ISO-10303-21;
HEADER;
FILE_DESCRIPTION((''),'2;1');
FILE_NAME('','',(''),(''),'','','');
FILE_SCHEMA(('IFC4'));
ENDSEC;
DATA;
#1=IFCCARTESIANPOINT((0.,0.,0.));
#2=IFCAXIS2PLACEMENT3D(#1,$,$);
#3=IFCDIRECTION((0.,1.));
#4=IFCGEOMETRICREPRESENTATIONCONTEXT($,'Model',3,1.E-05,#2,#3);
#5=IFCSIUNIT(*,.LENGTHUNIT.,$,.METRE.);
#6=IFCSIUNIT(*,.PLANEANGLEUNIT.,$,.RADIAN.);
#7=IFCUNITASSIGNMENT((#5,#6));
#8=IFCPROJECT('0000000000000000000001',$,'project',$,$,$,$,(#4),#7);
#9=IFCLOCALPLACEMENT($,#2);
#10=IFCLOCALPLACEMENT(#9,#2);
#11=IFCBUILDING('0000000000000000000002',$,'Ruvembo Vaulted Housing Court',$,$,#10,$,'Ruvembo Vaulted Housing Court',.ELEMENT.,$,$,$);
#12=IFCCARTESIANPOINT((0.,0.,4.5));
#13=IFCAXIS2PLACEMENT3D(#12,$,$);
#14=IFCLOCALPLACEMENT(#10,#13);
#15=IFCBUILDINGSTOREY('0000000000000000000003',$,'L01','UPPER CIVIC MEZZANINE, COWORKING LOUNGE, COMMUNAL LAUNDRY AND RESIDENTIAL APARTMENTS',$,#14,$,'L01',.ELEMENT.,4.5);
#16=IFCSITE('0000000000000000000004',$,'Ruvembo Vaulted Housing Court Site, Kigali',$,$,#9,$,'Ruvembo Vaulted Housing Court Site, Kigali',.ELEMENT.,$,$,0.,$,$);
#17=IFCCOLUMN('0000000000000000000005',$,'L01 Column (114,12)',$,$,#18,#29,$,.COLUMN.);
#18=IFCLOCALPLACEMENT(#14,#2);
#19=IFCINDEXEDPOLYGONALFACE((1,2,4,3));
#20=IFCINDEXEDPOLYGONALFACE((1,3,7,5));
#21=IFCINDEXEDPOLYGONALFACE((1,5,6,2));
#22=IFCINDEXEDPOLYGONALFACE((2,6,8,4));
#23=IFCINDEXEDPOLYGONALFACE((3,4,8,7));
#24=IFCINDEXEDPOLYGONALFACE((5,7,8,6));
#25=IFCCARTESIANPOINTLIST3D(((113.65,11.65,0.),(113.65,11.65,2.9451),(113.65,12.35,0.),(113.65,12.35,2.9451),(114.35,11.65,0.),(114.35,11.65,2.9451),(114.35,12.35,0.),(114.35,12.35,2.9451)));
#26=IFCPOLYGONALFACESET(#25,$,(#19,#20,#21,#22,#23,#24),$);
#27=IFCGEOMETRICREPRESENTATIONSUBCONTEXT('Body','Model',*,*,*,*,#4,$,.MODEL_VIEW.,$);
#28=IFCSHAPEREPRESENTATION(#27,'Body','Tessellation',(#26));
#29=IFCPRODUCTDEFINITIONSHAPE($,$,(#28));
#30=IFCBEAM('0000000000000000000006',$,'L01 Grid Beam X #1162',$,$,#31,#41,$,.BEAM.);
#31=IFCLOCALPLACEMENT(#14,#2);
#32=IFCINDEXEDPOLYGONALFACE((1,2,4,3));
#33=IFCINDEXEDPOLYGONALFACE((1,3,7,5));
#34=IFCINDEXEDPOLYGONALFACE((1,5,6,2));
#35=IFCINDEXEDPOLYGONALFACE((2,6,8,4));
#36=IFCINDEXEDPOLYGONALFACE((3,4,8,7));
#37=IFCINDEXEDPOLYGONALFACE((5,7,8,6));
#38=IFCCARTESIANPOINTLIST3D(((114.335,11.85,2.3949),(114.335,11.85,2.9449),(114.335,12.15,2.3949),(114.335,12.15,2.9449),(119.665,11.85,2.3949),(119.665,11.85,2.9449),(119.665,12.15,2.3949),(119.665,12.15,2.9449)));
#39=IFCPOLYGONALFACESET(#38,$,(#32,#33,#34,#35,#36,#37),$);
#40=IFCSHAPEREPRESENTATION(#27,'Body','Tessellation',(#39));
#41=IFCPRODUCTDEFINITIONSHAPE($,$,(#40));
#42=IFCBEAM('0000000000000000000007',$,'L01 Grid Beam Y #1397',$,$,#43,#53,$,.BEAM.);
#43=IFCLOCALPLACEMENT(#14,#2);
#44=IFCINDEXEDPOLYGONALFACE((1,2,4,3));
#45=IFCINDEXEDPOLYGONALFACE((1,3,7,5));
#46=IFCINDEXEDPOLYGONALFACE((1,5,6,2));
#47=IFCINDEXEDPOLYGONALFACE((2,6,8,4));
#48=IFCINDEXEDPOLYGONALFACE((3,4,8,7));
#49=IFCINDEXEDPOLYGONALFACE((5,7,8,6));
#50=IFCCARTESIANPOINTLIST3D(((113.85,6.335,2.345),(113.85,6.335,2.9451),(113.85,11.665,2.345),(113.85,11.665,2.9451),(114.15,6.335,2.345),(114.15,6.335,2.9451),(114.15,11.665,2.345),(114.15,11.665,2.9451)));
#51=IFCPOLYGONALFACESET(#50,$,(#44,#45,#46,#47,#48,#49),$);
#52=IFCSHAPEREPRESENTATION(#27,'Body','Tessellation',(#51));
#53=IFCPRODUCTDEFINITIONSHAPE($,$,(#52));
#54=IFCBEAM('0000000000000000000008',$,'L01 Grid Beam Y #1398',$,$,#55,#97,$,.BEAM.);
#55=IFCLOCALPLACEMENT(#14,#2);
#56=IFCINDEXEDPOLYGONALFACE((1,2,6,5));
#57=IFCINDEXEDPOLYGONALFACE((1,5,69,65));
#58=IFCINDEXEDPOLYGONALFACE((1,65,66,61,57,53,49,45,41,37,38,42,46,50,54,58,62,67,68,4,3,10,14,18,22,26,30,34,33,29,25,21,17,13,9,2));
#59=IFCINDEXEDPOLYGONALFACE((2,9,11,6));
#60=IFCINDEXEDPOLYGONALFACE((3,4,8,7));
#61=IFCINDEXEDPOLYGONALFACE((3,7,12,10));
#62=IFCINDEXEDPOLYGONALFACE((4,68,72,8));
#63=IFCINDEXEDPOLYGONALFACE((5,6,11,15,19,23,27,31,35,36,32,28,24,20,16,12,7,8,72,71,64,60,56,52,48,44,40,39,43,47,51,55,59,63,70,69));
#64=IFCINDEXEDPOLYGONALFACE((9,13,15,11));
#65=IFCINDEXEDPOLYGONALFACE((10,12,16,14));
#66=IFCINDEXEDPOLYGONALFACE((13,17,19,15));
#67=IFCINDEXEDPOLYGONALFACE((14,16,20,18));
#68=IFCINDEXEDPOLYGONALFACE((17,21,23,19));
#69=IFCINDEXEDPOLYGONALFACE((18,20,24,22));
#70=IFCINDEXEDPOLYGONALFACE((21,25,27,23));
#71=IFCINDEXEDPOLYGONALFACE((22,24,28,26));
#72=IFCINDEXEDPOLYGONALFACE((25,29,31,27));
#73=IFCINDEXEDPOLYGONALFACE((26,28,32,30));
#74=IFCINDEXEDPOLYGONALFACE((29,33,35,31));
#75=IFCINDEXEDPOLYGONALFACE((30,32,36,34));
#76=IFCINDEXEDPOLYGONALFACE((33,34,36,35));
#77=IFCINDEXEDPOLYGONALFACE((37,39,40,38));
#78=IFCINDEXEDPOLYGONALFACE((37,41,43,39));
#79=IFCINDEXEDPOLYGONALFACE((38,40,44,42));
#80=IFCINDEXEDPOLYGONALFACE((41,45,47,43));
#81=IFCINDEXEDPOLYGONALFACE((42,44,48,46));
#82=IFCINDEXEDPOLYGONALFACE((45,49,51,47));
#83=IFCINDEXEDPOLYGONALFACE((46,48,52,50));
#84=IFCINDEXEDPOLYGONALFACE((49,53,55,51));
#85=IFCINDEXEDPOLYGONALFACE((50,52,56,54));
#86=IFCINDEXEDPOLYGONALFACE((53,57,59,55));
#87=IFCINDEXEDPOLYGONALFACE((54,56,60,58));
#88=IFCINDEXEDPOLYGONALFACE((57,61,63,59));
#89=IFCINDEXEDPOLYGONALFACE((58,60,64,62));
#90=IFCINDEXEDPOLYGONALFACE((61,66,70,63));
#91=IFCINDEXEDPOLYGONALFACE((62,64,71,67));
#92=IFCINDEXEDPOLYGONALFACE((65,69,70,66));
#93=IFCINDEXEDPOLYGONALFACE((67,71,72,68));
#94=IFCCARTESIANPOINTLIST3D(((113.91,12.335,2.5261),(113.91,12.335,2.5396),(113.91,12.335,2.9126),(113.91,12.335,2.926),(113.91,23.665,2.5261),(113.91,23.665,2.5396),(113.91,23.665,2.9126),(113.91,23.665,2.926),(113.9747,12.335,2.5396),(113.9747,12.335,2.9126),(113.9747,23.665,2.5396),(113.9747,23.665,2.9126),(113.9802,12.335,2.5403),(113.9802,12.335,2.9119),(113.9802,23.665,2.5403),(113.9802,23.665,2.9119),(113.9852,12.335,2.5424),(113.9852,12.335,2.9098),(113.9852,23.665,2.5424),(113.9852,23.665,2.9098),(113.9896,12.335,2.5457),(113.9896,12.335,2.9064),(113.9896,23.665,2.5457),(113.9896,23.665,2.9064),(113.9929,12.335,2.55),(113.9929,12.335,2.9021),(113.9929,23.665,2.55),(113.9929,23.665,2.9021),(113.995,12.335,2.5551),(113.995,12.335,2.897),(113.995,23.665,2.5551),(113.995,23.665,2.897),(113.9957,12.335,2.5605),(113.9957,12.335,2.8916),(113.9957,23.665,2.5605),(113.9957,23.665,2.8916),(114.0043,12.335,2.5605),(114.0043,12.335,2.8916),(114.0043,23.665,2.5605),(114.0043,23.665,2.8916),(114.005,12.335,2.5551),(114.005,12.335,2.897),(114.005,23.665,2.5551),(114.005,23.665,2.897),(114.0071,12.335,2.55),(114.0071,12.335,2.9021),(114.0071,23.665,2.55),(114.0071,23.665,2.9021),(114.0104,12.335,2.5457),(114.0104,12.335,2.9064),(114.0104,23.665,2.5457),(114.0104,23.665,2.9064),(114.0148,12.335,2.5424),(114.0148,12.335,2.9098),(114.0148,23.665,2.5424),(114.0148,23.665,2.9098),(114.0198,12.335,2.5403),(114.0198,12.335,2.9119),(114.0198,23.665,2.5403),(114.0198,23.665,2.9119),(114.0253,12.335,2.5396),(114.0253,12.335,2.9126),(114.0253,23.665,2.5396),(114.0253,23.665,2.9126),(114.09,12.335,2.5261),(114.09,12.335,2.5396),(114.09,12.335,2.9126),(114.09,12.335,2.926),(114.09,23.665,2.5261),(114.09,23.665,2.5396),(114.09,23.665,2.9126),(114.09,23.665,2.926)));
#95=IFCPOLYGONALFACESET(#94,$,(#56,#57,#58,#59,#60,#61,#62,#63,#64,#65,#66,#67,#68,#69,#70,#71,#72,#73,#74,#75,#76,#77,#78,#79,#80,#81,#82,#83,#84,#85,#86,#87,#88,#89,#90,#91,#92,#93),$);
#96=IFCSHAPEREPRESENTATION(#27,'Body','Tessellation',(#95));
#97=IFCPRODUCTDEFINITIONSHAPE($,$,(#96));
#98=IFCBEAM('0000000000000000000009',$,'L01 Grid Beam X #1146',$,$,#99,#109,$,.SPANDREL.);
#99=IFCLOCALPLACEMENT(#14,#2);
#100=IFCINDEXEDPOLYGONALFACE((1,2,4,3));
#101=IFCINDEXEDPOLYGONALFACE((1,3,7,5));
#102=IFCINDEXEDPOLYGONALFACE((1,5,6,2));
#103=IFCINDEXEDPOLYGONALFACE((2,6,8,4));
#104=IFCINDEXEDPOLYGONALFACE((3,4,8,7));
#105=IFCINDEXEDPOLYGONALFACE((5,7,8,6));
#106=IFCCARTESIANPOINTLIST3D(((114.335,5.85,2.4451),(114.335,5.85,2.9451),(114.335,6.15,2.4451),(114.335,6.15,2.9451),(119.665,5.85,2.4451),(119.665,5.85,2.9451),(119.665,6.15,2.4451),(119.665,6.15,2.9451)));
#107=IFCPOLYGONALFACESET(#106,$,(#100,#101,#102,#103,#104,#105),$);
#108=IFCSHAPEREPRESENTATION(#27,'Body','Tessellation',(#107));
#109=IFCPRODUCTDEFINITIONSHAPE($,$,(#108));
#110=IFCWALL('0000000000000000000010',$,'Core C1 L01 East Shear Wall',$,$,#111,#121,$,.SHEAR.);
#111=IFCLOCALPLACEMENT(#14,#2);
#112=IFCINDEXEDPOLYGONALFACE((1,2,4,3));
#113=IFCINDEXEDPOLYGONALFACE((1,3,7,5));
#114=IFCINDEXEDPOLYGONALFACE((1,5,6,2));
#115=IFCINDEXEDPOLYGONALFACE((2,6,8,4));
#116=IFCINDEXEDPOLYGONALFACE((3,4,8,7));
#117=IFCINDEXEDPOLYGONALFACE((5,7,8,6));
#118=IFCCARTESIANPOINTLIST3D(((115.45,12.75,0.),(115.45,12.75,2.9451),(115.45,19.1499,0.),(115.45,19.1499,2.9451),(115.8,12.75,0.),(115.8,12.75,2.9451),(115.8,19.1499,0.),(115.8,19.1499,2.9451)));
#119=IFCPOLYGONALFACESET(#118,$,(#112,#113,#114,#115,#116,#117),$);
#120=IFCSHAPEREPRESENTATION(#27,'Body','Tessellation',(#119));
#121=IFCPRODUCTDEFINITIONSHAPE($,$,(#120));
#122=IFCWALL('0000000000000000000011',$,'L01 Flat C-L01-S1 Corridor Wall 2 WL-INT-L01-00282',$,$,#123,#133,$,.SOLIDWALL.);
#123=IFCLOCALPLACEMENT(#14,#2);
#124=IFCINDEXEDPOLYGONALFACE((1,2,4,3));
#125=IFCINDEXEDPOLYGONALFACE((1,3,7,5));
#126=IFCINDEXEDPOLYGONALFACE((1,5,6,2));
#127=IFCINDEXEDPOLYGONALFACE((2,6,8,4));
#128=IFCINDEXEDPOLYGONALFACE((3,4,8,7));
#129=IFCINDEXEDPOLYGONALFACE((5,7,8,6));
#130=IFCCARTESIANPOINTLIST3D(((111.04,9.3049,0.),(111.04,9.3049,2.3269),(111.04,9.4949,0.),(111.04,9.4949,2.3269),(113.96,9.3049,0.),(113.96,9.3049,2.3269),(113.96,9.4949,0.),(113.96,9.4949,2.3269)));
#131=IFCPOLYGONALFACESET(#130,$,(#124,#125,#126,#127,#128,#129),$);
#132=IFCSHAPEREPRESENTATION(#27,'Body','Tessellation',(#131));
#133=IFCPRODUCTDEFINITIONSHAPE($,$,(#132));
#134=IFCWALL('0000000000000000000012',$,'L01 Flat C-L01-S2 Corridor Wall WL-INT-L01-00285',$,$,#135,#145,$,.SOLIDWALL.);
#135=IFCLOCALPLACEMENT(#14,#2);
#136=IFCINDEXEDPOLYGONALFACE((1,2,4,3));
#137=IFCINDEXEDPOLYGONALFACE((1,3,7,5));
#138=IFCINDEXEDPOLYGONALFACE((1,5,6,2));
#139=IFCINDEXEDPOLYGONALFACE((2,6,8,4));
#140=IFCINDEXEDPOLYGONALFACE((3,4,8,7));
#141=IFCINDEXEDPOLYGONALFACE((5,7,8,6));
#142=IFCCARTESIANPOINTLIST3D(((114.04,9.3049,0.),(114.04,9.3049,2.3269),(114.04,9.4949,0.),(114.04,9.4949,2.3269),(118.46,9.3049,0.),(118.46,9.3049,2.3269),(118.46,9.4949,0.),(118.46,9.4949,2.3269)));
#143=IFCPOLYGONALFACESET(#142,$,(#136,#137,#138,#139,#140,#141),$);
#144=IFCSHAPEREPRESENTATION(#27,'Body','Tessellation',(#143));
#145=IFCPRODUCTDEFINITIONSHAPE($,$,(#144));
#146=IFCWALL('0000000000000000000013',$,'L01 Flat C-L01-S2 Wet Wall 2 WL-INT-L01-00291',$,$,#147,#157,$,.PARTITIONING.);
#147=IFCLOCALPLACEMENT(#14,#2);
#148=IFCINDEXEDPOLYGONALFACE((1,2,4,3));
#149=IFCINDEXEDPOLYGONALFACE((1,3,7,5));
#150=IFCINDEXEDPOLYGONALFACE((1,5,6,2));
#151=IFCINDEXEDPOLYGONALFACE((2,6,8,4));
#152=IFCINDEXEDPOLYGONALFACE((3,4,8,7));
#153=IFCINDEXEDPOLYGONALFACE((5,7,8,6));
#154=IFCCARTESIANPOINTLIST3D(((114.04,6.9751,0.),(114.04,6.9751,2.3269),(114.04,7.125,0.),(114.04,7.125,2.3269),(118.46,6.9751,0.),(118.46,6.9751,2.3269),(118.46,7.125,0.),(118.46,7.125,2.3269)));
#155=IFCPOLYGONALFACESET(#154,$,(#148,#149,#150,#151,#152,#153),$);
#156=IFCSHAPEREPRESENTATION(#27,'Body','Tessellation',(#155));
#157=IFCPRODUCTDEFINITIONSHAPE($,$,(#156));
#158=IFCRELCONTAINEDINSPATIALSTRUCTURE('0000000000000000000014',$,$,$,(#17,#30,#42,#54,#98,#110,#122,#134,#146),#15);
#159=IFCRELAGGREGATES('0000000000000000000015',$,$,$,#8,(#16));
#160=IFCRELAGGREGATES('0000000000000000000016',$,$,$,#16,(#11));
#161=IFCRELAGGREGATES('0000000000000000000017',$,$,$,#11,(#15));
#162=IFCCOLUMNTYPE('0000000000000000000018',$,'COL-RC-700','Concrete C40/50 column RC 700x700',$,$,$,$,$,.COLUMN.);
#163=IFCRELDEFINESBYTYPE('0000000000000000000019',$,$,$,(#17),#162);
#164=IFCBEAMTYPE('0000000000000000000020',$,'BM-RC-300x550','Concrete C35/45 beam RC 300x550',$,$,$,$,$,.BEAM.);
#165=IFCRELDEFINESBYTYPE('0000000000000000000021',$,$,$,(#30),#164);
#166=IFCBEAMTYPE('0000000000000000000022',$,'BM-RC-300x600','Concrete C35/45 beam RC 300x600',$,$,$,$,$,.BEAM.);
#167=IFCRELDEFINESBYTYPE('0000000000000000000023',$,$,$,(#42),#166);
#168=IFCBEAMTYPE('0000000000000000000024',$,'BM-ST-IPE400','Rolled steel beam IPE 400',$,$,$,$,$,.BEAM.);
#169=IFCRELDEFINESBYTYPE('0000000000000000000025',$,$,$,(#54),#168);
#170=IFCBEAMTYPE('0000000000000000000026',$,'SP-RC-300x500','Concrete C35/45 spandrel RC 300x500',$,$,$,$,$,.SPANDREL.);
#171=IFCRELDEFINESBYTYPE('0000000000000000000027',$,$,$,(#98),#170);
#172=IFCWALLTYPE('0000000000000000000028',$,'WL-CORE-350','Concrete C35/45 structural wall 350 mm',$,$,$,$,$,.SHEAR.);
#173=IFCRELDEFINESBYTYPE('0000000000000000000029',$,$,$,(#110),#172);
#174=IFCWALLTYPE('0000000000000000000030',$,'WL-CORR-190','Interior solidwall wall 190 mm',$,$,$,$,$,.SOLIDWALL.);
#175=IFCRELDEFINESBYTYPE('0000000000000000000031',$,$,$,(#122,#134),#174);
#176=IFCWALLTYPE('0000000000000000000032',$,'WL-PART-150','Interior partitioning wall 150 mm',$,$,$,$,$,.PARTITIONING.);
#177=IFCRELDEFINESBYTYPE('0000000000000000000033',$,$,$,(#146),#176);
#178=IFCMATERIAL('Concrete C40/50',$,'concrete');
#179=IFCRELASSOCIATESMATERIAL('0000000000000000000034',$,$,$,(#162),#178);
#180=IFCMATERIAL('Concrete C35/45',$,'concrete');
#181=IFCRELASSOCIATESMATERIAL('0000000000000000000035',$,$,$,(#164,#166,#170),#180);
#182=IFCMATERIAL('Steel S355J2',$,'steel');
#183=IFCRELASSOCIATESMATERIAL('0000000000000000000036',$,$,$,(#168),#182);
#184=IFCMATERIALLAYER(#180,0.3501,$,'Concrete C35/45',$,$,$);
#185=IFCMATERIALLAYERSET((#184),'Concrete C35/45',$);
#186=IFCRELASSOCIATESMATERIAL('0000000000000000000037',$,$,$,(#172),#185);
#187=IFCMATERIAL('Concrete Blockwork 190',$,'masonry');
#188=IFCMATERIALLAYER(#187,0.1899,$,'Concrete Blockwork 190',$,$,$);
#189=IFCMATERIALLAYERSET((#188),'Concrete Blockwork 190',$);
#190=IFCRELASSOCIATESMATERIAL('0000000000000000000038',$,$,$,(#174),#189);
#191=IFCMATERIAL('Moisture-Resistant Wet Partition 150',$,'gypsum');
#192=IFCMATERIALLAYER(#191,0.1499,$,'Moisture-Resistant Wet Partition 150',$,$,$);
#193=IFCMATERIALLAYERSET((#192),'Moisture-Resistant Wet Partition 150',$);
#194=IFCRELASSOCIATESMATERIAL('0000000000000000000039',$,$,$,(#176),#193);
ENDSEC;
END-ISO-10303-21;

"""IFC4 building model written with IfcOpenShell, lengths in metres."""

from ifc_helpers import new_model, si_unit, direction, frame, frame_2d, origin, origin_2d, place, context, subcontext, project, spatial, rectangle, i_section, extrude, material, layer, layer_set, material_profile, profile_set, type_object, element, save


model = new_model("IFC4")

# Units and contexts
model_context = context("Model", 3, precision=1e-05, world=origin(), true_north=direction((0.0, 1.0)))
body_context = subcontext(model_context, "Body", "Model", "MODEL_VIEW")
ifc_project = project(units=[si_unit("LENGTHUNIT", "METRE"), si_unit("PLANEANGLEUNIT", "RADIAN")], contexts=[model_context])

# Site, building, storey
site_placement = place(None, origin())
site = spatial("IfcSite", under=ifc_project, at=site_placement, Name="Ruvembo Vaulted Housing Court Site, Kigali", LongName="Ruvembo Vaulted Housing Court Site, Kigali", CompositionType="ELEMENT", RefElevation=0.0)
building_placement = place(site_placement, origin())
building = spatial("IfcBuilding", under=site, at=building_placement, Name="Ruvembo Vaulted Housing Court", LongName="Ruvembo Vaulted Housing Court", CompositionType="ELEMENT")
storey_placement = place(building_placement, frame((0.0, 0.0, 4.5)))
storey = spatial("IfcBuildingStorey", under=building, at=storey_placement, Name="L01", Description="UPPER CIVIC MEZZANINE, COWORKING LOUNGE, COMMUNAL LAUNDRY AND RESIDENTIAL APARTMENTS", LongName="L01", CompositionType="ELEMENT", Elevation=4.5)

# Column
ifc_material_1 = material(Name="Concrete C40/50", Category="concrete")
ifc_material_profile_1 = material_profile(ifc_material_1, rectangle(XDim=0.7, YDim=0.7, at=origin_2d()), Name="RC 700x700")
ifc_profile_set_1 = profile_set([ifc_material_profile_1], Name="Concrete C40/50")
column_type = type_object("IfcColumnType", Name="COL-RC-700", Description="Concrete C40/50 column RC 700x700", PredefinedType="COLUMN", material=ifc_profile_set_1)
column_placement = place(storey_placement, frame((114.0, 12.0, 0.0), z_axis=(0.0, 0.0, 1.0), x_axis=(1.0, 0.0, 0.0)))
element("IfcColumn", 1, at=column_placement, inside=storey, type_object=column_type, Name="L01 Column (114,12)", PredefinedType="COLUMN", context=body_context, shape_type="SweptSolid", body=[
    extrude(rectangle(XDim=0.7, YDim=0.7, at=origin_2d()), origin(), (0.0, 0.0, 1.0), 2.9451),
])

# Beams
ifc_material_2 = material(Name="Concrete C35/45", Category="concrete")
ifc_material_profile_2 = material_profile(ifc_material_2, rectangle(XDim=0.3, YDim=0.55, at=origin_2d()), Name="RC 300x550")
ifc_profile_set_2 = profile_set([ifc_material_profile_2], Name="Concrete C35/45")
beam_type_1 = type_object("IfcBeamType", Name="BM-RC-300x550", Description="Concrete C35/45 beam RC 300x550", PredefinedType="BEAM", material=ifc_profile_set_2)
beam_1_placement = place(storey_placement, frame((114.335, 12.0, 2.6699), z_axis=(1.0, 0.0, 0.0), x_axis=(0.0, 1.0, 0.0)))
element("IfcBeam", 2, at=beam_1_placement, inside=storey, type_object=beam_type_1, Name="L01 Grid Beam X #1162", PredefinedType="BEAM", context=body_context, shape_type="SweptSolid", body=[
    extrude(rectangle(XDim=0.3, YDim=0.55, at=origin_2d()), origin(), (0.0, 0.0, 1.0), 5.3301),
])
ifc_material_profile_3 = material_profile(ifc_material_2, rectangle(XDim=0.3, YDim=0.6001, at=origin_2d()), Name="RC 300x600")
ifc_profile_set_3 = profile_set([ifc_material_profile_3], Name="Concrete C35/45")
beam_type_2 = type_object("IfcBeamType", Name="BM-RC-300x600", Description="Concrete C35/45 beam RC 300x600", PredefinedType="BEAM", material=ifc_profile_set_3)
beam_2_placement = place(storey_placement, frame((114.0, 6.335, 2.645), z_axis=(0.0, 1.0, 0.0), x_axis=(-1.0, 0.0, 0.0)))
element("IfcBeam", 3, at=beam_2_placement, inside=storey, type_object=beam_type_2, Name="L01 Grid Beam Y #1397", PredefinedType="BEAM", context=body_context, shape_type="SweptSolid", body=[
    extrude(rectangle(XDim=0.3, YDim=0.6001, at=origin_2d()), origin(), (0.0, 0.0, 1.0), 5.3301),
])
ifc_material_3 = material(Name="Steel S355J2", Category="steel")
ifc_material_profile_4 = material_profile(ifc_material_3, i_section(OverallWidth=0.1799, OverallDepth=0.3999, WebThickness=0.0085, FlangeThickness=0.0134, FilletRadius=0.021, at=origin_2d()), Name="IPE 400")
ifc_profile_set_4 = profile_set([ifc_material_profile_4], Name="Steel S355J2")
beam_type_3 = type_object("IfcBeamType", Name="BM-ST-IPE400", Description="Rolled steel beam IPE 400", PredefinedType="BEAM", material=ifc_profile_set_4)
beam_3_placement = place(storey_placement, frame((114.0, 12.335, 2.7261), z_axis=(0.0, 1.0, 0.0), x_axis=(-1.0, 0.0, 0.0)))
element("IfcBeam", 4, at=beam_3_placement, inside=storey, type_object=beam_type_3, Name="L01 Grid Beam Y #1398", PredefinedType="BEAM", context=body_context, shape_type="SweptSolid", body=[
    extrude(i_section(OverallWidth=0.1799, OverallDepth=0.3999, WebThickness=0.0085, FlangeThickness=0.0134, FilletRadius=0.021, at=origin_2d()), origin(), (0.0, 0.0, 1.0), 11.3301),
])
ifc_material_profile_5 = material_profile(ifc_material_2, rectangle(XDim=0.3, YDim=0.5, at=origin_2d()), Name="RC 300x500")
ifc_profile_set_5 = profile_set([ifc_material_profile_5], Name="Concrete C35/45")
beam_type_4 = type_object("IfcBeamType", Name="SP-RC-300x500", Description="Concrete C35/45 spandrel RC 300x500", PredefinedType="SPANDREL", material=ifc_profile_set_5)
beam_4_placement = place(storey_placement, frame((114.335, 6.0, 2.6951), z_axis=(1.0, 0.0, 0.0), x_axis=(0.0, 1.0, 0.0)))
element("IfcBeam", 5, at=beam_4_placement, inside=storey, type_object=beam_type_4, Name="L01 Grid Beam X #1146", PredefinedType="SPANDREL", context=body_context, shape_type="SweptSolid", body=[
    extrude(rectangle(XDim=0.3, YDim=0.5, at=origin_2d()), origin(), (0.0, 0.0, 1.0), 5.3301),
])

# Wall
ifc_layer_1 = layer(ifc_material_2, 0.3501, Name="Concrete C35/45")
ifc_layer_set_1 = layer_set([ifc_layer_1], Name="Concrete C35/45")
wall_type_1 = type_object("IfcWallType", Name="WL-CORE-350", Description="Concrete C35/45 structural wall 350 mm", PredefinedType="SHEAR", material=ifc_layer_set_1)
wall_1_placement = place(storey_placement, frame((115.625, 12.75, 0.0), z_axis=(0.0, 0.0, 1.0), x_axis=(0.0, 1.0, 0.0)))
element("IfcWall", 6, at=wall_1_placement, inside=storey, type_object=wall_type_1, Name="Core C1 L01 East Shear Wall", PredefinedType="SHEAR", context=body_context, shape_type="SweptSolid", body=[
    extrude(rectangle(XDim=6.3999, YDim=0.3501, at=frame_2d((3.2, 0.0))), origin(), (0.0, 0.0, 1.0), 2.9451),
])

# Walls
ifc_material_4 = material(Name="Concrete Blockwork 190", Category="masonry")
ifc_layer_2 = layer(ifc_material_4, 0.1899, Name="Concrete Blockwork 190")
ifc_layer_set_2 = layer_set([ifc_layer_2], Name="Concrete Blockwork 190")
wall_type_2 = type_object("IfcWallType", Name="WL-CORR-190", Description="Interior solidwall wall 190 mm", PredefinedType="SOLIDWALL", material=ifc_layer_set_2)
wall_2_placement = place(storey_placement, frame((111.04, 9.3999, 0.0), z_axis=(0.0, 0.0, 1.0), x_axis=(1.0, 0.0, 0.0)))
element("IfcWall", 7, at=wall_2_placement, inside=storey, type_object=wall_type_2, Name="L01 Flat C-L01-S1 Corridor Wall 2 WL-INT-L01-00282", PredefinedType="SOLIDWALL", context=body_context, shape_type="SweptSolid", body=[
    extrude(rectangle(XDim=2.9199, YDim=0.1899, at=frame_2d((1.46, 0.0))), origin(), (0.0, 0.0, 1.0), 2.3269),
])
wall_3_placement = place(storey_placement, frame((114.04, 9.3999, 0.0), z_axis=(0.0, 0.0, 1.0), x_axis=(1.0, 0.0, 0.0)))
element("IfcWall", 8, at=wall_3_placement, inside=storey, type_object=wall_type_2, Name="L01 Flat C-L01-S2 Corridor Wall WL-INT-L01-00285", PredefinedType="SOLIDWALL", context=body_context, shape_type="SweptSolid", body=[
    extrude(rectangle(XDim=4.4199, YDim=0.1899, at=frame_2d((2.21, 0.0))), origin(), (0.0, 0.0, 1.0), 2.3269),
])
ifc_material_5 = material(Name="Moisture-Resistant Wet Partition 150", Category="gypsum")
ifc_layer_3 = layer(ifc_material_5, 0.1499, Name="Moisture-Resistant Wet Partition 150")
ifc_layer_set_3 = layer_set([ifc_layer_3], Name="Moisture-Resistant Wet Partition 150")
wall_type_3 = type_object("IfcWallType", Name="WL-PART-150", Description="Interior partitioning wall 150 mm", PredefinedType="PARTITIONING", material=ifc_layer_set_3)
wall_4_placement = place(storey_placement, frame((114.04, 7.05, 0.0), z_axis=(0.0, 0.0, 1.0), x_axis=(1.0, 0.0, 0.0)))
element("IfcWall", 9, at=wall_4_placement, inside=storey, type_object=wall_type_3, Name="L01 Flat C-L01-S2 Wet Wall 2 WL-INT-L01-00291", PredefinedType="PARTITIONING", context=body_context, shape_type="SweptSolid", body=[
    extrude(rectangle(XDim=4.4199, YDim=0.1499, at=frame_2d((2.21, 0.0))), origin(), (0.0, 0.0, 1.0), 2.3269),
])

save(model, "model.ifc")
